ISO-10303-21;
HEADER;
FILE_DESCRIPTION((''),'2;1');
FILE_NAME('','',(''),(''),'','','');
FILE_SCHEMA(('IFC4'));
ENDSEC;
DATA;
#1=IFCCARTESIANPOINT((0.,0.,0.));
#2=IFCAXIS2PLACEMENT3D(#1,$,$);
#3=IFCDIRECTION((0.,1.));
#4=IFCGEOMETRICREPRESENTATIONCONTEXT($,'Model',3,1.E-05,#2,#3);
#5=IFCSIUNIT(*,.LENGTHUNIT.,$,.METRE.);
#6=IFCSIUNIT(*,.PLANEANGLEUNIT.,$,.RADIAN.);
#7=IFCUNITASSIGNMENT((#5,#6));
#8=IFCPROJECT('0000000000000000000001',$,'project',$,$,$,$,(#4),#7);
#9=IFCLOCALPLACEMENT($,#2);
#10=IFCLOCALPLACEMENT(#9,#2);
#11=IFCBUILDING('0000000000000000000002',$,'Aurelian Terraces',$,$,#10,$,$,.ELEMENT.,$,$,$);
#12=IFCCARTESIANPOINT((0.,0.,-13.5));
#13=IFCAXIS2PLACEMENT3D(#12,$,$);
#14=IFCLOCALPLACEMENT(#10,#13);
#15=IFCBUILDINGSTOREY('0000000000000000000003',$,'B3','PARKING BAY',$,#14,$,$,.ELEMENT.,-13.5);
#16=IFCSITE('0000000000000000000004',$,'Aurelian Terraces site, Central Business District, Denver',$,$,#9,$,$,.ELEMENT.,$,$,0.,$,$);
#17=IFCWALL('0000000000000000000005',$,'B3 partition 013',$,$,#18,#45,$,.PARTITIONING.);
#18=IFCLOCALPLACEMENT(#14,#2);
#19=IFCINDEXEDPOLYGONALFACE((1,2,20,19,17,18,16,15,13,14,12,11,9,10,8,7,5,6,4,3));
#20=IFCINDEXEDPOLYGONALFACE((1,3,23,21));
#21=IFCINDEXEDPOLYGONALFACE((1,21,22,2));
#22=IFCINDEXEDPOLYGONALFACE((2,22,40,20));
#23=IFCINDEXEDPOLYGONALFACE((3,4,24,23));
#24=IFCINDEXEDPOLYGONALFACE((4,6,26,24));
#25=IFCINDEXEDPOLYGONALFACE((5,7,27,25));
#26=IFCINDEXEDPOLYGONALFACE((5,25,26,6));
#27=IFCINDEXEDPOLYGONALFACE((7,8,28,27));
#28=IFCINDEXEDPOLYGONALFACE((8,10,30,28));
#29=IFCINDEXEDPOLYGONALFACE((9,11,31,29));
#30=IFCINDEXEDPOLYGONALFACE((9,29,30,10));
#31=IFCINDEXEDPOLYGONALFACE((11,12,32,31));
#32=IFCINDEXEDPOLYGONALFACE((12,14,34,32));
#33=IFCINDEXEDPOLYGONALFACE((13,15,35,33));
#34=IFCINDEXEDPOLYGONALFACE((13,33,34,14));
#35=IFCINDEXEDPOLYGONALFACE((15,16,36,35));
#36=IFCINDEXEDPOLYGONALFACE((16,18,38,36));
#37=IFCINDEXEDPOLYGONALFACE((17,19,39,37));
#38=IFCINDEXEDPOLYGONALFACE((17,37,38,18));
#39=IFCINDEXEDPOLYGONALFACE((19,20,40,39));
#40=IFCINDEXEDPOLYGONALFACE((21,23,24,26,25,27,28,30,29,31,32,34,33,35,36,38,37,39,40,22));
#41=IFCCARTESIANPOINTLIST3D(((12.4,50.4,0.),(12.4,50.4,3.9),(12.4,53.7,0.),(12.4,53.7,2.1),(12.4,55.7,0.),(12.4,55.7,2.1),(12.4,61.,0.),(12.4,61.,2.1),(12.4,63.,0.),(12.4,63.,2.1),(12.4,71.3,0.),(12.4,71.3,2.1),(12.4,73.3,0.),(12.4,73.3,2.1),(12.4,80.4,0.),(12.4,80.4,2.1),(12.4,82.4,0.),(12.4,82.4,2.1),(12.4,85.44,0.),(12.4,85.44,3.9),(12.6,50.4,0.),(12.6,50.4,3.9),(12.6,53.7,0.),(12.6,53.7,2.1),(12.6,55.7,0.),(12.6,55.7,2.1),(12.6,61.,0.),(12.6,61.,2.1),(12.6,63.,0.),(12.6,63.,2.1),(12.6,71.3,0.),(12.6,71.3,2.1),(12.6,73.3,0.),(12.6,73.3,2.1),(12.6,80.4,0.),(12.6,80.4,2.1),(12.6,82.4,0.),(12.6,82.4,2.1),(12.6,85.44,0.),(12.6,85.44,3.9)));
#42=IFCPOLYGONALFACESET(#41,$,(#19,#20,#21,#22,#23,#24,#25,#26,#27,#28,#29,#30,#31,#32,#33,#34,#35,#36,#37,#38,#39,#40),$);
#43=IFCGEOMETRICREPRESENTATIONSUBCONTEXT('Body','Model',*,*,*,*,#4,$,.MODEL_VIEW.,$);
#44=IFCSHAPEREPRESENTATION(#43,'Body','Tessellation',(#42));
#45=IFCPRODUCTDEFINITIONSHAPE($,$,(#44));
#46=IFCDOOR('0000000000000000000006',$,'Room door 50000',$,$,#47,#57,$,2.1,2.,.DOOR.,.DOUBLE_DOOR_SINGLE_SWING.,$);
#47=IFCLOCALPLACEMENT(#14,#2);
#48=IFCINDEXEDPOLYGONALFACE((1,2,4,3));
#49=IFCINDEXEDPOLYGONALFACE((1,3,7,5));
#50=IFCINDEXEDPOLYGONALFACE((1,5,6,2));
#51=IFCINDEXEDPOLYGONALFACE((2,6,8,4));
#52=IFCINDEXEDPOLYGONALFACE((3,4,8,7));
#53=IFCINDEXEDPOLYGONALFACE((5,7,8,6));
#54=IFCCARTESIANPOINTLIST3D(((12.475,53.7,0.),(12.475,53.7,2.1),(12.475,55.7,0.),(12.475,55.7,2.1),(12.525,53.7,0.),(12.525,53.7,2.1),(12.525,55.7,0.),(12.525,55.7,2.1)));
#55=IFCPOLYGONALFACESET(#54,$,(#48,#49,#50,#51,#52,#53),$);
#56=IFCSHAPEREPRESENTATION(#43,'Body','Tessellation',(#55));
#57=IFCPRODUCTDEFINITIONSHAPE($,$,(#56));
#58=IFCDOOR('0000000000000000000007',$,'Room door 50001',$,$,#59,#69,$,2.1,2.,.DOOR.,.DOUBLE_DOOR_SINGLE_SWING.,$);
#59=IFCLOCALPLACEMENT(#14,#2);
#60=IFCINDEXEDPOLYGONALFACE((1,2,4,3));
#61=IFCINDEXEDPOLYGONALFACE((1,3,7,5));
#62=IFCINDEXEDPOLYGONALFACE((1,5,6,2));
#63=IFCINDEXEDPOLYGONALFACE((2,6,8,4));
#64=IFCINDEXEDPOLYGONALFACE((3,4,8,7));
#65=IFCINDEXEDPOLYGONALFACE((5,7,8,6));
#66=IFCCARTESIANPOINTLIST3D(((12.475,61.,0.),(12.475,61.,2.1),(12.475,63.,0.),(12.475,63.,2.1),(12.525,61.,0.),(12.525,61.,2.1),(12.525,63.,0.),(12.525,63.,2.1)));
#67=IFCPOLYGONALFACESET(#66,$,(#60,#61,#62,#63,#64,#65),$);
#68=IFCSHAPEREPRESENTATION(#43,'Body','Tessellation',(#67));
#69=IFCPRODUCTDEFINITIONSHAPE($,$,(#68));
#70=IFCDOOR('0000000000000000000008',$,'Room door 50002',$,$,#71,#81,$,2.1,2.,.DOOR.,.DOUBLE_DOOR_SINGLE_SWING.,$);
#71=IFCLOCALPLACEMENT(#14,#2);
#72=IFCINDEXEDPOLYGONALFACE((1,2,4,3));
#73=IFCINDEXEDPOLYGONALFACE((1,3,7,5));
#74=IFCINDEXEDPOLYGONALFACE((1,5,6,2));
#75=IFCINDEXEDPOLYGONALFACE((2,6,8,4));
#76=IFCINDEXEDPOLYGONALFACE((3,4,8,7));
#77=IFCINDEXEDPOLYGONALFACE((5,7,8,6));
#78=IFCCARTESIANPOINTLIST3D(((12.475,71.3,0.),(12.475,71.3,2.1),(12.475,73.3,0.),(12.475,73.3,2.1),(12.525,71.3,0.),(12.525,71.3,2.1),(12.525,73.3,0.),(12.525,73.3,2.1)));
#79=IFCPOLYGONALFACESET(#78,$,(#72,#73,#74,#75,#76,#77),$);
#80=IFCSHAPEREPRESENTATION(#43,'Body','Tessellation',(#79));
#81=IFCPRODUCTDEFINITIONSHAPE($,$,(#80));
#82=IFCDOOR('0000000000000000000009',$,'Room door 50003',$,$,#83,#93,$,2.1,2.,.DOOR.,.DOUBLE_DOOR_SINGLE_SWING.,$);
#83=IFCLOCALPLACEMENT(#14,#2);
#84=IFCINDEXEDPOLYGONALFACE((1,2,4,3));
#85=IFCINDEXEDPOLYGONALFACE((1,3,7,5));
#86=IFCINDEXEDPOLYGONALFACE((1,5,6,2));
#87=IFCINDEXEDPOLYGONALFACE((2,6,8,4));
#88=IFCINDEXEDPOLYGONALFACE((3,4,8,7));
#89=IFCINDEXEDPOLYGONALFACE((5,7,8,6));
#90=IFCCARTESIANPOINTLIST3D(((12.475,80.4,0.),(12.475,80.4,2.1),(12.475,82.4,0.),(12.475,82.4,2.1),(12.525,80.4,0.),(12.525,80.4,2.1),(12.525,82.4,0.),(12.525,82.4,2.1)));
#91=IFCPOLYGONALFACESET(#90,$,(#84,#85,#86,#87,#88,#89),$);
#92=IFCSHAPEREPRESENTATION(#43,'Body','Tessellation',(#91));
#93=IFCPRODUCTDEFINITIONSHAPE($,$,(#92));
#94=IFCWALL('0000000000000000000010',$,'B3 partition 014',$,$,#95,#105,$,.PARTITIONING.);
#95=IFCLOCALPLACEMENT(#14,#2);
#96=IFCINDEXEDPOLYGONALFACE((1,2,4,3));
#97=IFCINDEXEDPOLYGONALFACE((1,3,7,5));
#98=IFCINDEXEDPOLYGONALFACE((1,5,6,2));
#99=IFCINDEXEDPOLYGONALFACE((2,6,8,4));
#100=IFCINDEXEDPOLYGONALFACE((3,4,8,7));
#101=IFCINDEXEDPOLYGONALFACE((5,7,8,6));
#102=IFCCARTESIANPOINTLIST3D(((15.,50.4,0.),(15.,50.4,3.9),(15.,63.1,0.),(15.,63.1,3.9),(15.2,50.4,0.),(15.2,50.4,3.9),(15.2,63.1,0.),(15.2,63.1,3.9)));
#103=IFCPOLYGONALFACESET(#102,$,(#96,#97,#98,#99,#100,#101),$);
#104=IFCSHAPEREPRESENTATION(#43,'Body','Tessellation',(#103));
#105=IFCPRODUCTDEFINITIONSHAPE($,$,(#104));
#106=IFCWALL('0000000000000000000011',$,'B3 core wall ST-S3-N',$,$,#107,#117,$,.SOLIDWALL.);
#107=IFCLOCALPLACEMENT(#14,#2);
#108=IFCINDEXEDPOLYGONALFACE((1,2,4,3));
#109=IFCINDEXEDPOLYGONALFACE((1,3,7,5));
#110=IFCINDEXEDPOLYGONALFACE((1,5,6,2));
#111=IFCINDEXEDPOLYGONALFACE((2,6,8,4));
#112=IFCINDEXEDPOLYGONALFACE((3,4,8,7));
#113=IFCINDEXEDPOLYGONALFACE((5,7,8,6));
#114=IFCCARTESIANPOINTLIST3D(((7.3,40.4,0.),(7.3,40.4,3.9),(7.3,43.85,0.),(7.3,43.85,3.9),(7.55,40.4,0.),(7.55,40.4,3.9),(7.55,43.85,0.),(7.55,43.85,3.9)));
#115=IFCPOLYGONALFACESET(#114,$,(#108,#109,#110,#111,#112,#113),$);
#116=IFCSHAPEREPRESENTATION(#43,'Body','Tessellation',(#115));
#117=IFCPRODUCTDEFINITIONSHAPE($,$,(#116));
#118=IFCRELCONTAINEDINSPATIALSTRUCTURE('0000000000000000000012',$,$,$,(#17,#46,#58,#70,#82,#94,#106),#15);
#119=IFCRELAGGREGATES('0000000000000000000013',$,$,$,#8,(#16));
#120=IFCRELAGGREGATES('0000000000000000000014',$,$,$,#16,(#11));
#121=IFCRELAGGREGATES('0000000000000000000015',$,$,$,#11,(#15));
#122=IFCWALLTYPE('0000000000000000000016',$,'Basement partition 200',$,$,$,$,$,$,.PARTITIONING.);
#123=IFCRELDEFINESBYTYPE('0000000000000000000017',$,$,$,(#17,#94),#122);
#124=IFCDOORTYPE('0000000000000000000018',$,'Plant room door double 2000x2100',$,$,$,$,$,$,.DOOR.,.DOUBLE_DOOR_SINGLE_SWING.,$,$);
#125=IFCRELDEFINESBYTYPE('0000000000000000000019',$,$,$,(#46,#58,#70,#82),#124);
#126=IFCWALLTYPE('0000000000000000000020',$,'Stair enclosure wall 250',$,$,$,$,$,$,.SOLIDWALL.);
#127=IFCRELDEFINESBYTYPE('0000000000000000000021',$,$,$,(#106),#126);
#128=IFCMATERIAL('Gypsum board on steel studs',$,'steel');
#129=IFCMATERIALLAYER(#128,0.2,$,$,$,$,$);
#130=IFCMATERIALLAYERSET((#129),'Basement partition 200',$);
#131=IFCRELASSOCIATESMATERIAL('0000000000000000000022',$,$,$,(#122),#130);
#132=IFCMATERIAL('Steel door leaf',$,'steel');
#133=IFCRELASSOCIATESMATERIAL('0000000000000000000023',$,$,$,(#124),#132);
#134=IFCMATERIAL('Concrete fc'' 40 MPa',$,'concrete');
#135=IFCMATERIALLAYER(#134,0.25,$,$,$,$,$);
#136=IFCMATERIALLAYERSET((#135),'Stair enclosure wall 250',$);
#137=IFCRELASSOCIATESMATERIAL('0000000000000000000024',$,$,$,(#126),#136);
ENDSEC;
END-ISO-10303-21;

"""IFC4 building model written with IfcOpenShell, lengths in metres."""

from ifc_helpers import new_model, si_unit, direction, frame, frame_2d, origin, place, context, subcontext, project, spatial, rectangle, extrude, source, transform, mapped, material, layer, layer_set, type_object, element, fill, save


model = new_model("IFC4")

# Units and contexts
model_context = context("Model", 3, precision=1e-05, world=origin(), true_north=direction((0.0, 1.0)))
body_context = subcontext(model_context, "Body", "Model", "MODEL_VIEW")
ifc_project = project(units=[si_unit("LENGTHUNIT", "METRE"), si_unit("PLANEANGLEUNIT", "RADIAN")], contexts=[model_context])

# Site, building, storey
site_placement = place(None, origin())
site = spatial("IfcSite", under=ifc_project, at=site_placement, Name="Aurelian Terraces site, Central Business District, Denver", CompositionType="ELEMENT", RefElevation=0.0)
building_placement = place(site_placement, origin())
building = spatial("IfcBuilding", under=site, at=building_placement, Name="Aurelian Terraces", CompositionType="ELEMENT")
storey_placement = place(building_placement, frame((0.0, 0.0, -13.5)))
storey = spatial("IfcBuildingStorey", under=building, at=storey_placement, Name="B3", Description="PARKING BAY", CompositionType="ELEMENT", Elevation=-13.5)

# Shared definitions
ifc_material_1 = material(Name="Gypsum board on steel studs", Category="steel")
ifc_layer_1 = layer(ifc_material_1, 0.2)
ifc_layer_set_1 = layer_set([ifc_layer_1], Name="Basement partition 200")
wall_type_1 = type_object("IfcWallType", Name="Basement partition 200", PredefinedType="PARTITIONING", material=ifc_layer_set_1)

# Wall, openings, doors
wall_1_placement = place(storey_placement, frame((12.5, 50.4, 0.0), z_axis=(0.0, 0.0, 1.0), x_axis=(0.0, 1.0, 0.0)))
wall_1 = element("IfcWall", 1, at=wall_1_placement, inside=storey, type_object=wall_type_1, Name="B3 partition 013", PredefinedType="PARTITIONING", context=body_context, shape_type="SweptSolid", body=[
    extrude(rectangle(XDim=35.04, YDim=0.2, at=frame_2d((17.52, 0.0))), origin(), (0.0, 0.0, 1.0), 3.9),
])
opening_1_placement = place(wall_1_placement, frame((3.3, 0.0, 0.0)))
opening_1 = element("IfcOpeningElement", 2, at=opening_1_placement, cuts=wall_1, PredefinedType="OPENING", context=body_context, shape_type="SweptSolid", body=[
    extrude(rectangle(XDim=2.0, YDim=2.1, at=frame_2d((1.0, 1.05))), frame((0.0, 0.11, 0.0), z_axis=(0.0, -1.0, 0.0), x_axis=(1.0, 0.0, 0.0)), (0.0, 0.0, 1.0), 0.22),
])
shared_shape_1 = source(origin(), body_context, "Body", "SweptSolid", [
    extrude(rectangle(XDim=2.0, YDim=2.1, at=frame_2d((1.0, 1.05))), frame((0.0, 0.11, 0.0), z_axis=(0.0, -1.0, 0.0), x_axis=(1.0, 0.0, 0.0)), (0.0, 0.0, 1.0), 0.22),
])
opening_2_placement = place(wall_1_placement, frame((10.6, 0.0, 0.0)))
opening_2 = element("IfcOpeningElement", 3, at=opening_2_placement, cuts=wall_1, PredefinedType="OPENING", context=body_context, shape_type="MappedRepresentation", body=[
    mapped(shared_shape_1, transform((0.0, 0.0, 0.0), scale=1.0)),
])
opening_3_placement = place(wall_1_placement, frame((20.9, 0.0, 0.0)))
opening_3 = element("IfcOpeningElement", 4, at=opening_3_placement, cuts=wall_1, PredefinedType="OPENING", context=body_context, shape_type="MappedRepresentation", body=[
    mapped(shared_shape_1, transform((0.0, 0.0, 0.0), scale=1.0)),
])
opening_4_placement = place(wall_1_placement, frame((30.0, 0.0, 0.0)))
opening_4 = element("IfcOpeningElement", 5, at=opening_4_placement, cuts=wall_1, PredefinedType="OPENING", context=body_context, shape_type="MappedRepresentation", body=[
    mapped(shared_shape_1, transform((0.0, 0.0, 0.0), scale=1.0)),
])
ifc_material_2 = material(Name="Steel door leaf", Category="steel")
door_type_1 = type_object("IfcDoorType", Name="Plant room door double 2000x2100", OperationType="DOUBLE_DOOR_SINGLE_SWING", PredefinedType="DOOR", material=ifc_material_2)
door_1_placement = place(opening_1_placement, origin())
door_1 = element("IfcDoor", 6, at=door_1_placement, inside=storey, type_object=door_type_1, Name="Room door 50000", OperationType="DOUBLE_DOOR_SINGLE_SWING", OverallHeight=2.1, OverallWidth=2.0, PredefinedType="DOOR", context=body_context, shape_type="SweptSolid", body=[
    extrude(rectangle(XDim=2.0, YDim=2.1, at=frame_2d((1.0, 1.05))), frame((0.0, 0.025, 0.0), z_axis=(0.0, -1.0, 0.0), x_axis=(1.0, 0.0, 0.0)), (0.0, 0.0, 1.0), 0.05),
])
fill(opening_1, door_1)
shared_shape_2 = source(origin(), body_context, "Body", "SweptSolid", [
    extrude(rectangle(XDim=2.0, YDim=2.1, at=frame_2d((1.0, 1.05))), frame((0.0, 0.025, 0.0), z_axis=(0.0, -1.0, 0.0), x_axis=(1.0, 0.0, 0.0)), (0.0, 0.0, 1.0), 0.05),
])
door_2_placement = place(opening_2_placement, origin())
door_2 = element("IfcDoor", 7, at=door_2_placement, inside=storey, type_object=door_type_1, Name="Room door 50001", OperationType="DOUBLE_DOOR_SINGLE_SWING", OverallHeight=2.1, OverallWidth=2.0, PredefinedType="DOOR", context=body_context, shape_type="MappedRepresentation", body=[
    mapped(shared_shape_2, transform((0.0, 0.0, 0.0), scale=1.0)),
])
fill(opening_2, door_2)
door_3_placement = place(opening_3_placement, origin())
door_3 = element("IfcDoor", 8, at=door_3_placement, inside=storey, type_object=door_type_1, Name="Room door 50002", OperationType="DOUBLE_DOOR_SINGLE_SWING", OverallHeight=2.1, OverallWidth=2.0, PredefinedType="DOOR", context=body_context, shape_type="MappedRepresentation", body=[
    mapped(shared_shape_2, transform((0.0, 0.0, 0.0), scale=1.0)),
])
fill(opening_3, door_3)
door_4_placement = place(opening_4_placement, origin())
door_4 = element("IfcDoor", 9, at=door_4_placement, inside=storey, type_object=door_type_1, Name="Room door 50003", OperationType="DOUBLE_DOOR_SINGLE_SWING", OverallHeight=2.1, OverallWidth=2.0, PredefinedType="DOOR", context=body_context, shape_type="MappedRepresentation", body=[
    mapped(shared_shape_2, transform((0.0, 0.0, 0.0), scale=1.0)),
])
fill(opening_4, door_4)

# Walls
wall_2_placement = place(storey_placement, frame((15.1, 50.4, 0.0), z_axis=(0.0, 0.0, 1.0), x_axis=(0.0, 1.0, 0.0)))
element("IfcWall", 10, at=wall_2_placement, inside=storey, type_object=wall_type_1, Name="B3 partition 014", PredefinedType="PARTITIONING", context=body_context, shape_type="SweptSolid", body=[
    extrude(rectangle(XDim=12.7, YDim=0.2, at=frame_2d((6.35, 0.0))), origin(), (0.0, 0.0, 1.0), 3.9),
])
ifc_material_3 = material(Name="Concrete fc' 40 MPa", Category="concrete")
ifc_layer_2 = layer(ifc_material_3, 0.25)
ifc_layer_set_2 = layer_set([ifc_layer_2], Name="Stair enclosure wall 250")
wall_type_2 = type_object("IfcWallType", Name="Stair enclosure wall 250", PredefinedType="SOLIDWALL", material=ifc_layer_set_2)
shared_shape_3 = source(origin(), body_context, "Body", "SweptSolid", [
    extrude(rectangle(XDim=3.45, YDim=0.25, at=frame_2d((1.725, 0.0))), origin(), (0.0, 0.0, 1.0), 3.9),
])
wall_3_placement = place(storey_placement, frame((7.425, 40.4, 0.0), z_axis=(0.0, 0.0, 1.0), x_axis=(0.0, 1.0, 0.0)))
element("IfcWall", 11, at=wall_3_placement, inside=storey, type_object=wall_type_2, Name="B3 core wall ST-S3-N", PredefinedType="SOLIDWALL", context=body_context, shape_type="MappedRepresentation", body=[
    mapped(shared_shape_3, transform((0.0, 0.0, 0.0), scale=1.0)),
])

save(model, "model.ifc")
